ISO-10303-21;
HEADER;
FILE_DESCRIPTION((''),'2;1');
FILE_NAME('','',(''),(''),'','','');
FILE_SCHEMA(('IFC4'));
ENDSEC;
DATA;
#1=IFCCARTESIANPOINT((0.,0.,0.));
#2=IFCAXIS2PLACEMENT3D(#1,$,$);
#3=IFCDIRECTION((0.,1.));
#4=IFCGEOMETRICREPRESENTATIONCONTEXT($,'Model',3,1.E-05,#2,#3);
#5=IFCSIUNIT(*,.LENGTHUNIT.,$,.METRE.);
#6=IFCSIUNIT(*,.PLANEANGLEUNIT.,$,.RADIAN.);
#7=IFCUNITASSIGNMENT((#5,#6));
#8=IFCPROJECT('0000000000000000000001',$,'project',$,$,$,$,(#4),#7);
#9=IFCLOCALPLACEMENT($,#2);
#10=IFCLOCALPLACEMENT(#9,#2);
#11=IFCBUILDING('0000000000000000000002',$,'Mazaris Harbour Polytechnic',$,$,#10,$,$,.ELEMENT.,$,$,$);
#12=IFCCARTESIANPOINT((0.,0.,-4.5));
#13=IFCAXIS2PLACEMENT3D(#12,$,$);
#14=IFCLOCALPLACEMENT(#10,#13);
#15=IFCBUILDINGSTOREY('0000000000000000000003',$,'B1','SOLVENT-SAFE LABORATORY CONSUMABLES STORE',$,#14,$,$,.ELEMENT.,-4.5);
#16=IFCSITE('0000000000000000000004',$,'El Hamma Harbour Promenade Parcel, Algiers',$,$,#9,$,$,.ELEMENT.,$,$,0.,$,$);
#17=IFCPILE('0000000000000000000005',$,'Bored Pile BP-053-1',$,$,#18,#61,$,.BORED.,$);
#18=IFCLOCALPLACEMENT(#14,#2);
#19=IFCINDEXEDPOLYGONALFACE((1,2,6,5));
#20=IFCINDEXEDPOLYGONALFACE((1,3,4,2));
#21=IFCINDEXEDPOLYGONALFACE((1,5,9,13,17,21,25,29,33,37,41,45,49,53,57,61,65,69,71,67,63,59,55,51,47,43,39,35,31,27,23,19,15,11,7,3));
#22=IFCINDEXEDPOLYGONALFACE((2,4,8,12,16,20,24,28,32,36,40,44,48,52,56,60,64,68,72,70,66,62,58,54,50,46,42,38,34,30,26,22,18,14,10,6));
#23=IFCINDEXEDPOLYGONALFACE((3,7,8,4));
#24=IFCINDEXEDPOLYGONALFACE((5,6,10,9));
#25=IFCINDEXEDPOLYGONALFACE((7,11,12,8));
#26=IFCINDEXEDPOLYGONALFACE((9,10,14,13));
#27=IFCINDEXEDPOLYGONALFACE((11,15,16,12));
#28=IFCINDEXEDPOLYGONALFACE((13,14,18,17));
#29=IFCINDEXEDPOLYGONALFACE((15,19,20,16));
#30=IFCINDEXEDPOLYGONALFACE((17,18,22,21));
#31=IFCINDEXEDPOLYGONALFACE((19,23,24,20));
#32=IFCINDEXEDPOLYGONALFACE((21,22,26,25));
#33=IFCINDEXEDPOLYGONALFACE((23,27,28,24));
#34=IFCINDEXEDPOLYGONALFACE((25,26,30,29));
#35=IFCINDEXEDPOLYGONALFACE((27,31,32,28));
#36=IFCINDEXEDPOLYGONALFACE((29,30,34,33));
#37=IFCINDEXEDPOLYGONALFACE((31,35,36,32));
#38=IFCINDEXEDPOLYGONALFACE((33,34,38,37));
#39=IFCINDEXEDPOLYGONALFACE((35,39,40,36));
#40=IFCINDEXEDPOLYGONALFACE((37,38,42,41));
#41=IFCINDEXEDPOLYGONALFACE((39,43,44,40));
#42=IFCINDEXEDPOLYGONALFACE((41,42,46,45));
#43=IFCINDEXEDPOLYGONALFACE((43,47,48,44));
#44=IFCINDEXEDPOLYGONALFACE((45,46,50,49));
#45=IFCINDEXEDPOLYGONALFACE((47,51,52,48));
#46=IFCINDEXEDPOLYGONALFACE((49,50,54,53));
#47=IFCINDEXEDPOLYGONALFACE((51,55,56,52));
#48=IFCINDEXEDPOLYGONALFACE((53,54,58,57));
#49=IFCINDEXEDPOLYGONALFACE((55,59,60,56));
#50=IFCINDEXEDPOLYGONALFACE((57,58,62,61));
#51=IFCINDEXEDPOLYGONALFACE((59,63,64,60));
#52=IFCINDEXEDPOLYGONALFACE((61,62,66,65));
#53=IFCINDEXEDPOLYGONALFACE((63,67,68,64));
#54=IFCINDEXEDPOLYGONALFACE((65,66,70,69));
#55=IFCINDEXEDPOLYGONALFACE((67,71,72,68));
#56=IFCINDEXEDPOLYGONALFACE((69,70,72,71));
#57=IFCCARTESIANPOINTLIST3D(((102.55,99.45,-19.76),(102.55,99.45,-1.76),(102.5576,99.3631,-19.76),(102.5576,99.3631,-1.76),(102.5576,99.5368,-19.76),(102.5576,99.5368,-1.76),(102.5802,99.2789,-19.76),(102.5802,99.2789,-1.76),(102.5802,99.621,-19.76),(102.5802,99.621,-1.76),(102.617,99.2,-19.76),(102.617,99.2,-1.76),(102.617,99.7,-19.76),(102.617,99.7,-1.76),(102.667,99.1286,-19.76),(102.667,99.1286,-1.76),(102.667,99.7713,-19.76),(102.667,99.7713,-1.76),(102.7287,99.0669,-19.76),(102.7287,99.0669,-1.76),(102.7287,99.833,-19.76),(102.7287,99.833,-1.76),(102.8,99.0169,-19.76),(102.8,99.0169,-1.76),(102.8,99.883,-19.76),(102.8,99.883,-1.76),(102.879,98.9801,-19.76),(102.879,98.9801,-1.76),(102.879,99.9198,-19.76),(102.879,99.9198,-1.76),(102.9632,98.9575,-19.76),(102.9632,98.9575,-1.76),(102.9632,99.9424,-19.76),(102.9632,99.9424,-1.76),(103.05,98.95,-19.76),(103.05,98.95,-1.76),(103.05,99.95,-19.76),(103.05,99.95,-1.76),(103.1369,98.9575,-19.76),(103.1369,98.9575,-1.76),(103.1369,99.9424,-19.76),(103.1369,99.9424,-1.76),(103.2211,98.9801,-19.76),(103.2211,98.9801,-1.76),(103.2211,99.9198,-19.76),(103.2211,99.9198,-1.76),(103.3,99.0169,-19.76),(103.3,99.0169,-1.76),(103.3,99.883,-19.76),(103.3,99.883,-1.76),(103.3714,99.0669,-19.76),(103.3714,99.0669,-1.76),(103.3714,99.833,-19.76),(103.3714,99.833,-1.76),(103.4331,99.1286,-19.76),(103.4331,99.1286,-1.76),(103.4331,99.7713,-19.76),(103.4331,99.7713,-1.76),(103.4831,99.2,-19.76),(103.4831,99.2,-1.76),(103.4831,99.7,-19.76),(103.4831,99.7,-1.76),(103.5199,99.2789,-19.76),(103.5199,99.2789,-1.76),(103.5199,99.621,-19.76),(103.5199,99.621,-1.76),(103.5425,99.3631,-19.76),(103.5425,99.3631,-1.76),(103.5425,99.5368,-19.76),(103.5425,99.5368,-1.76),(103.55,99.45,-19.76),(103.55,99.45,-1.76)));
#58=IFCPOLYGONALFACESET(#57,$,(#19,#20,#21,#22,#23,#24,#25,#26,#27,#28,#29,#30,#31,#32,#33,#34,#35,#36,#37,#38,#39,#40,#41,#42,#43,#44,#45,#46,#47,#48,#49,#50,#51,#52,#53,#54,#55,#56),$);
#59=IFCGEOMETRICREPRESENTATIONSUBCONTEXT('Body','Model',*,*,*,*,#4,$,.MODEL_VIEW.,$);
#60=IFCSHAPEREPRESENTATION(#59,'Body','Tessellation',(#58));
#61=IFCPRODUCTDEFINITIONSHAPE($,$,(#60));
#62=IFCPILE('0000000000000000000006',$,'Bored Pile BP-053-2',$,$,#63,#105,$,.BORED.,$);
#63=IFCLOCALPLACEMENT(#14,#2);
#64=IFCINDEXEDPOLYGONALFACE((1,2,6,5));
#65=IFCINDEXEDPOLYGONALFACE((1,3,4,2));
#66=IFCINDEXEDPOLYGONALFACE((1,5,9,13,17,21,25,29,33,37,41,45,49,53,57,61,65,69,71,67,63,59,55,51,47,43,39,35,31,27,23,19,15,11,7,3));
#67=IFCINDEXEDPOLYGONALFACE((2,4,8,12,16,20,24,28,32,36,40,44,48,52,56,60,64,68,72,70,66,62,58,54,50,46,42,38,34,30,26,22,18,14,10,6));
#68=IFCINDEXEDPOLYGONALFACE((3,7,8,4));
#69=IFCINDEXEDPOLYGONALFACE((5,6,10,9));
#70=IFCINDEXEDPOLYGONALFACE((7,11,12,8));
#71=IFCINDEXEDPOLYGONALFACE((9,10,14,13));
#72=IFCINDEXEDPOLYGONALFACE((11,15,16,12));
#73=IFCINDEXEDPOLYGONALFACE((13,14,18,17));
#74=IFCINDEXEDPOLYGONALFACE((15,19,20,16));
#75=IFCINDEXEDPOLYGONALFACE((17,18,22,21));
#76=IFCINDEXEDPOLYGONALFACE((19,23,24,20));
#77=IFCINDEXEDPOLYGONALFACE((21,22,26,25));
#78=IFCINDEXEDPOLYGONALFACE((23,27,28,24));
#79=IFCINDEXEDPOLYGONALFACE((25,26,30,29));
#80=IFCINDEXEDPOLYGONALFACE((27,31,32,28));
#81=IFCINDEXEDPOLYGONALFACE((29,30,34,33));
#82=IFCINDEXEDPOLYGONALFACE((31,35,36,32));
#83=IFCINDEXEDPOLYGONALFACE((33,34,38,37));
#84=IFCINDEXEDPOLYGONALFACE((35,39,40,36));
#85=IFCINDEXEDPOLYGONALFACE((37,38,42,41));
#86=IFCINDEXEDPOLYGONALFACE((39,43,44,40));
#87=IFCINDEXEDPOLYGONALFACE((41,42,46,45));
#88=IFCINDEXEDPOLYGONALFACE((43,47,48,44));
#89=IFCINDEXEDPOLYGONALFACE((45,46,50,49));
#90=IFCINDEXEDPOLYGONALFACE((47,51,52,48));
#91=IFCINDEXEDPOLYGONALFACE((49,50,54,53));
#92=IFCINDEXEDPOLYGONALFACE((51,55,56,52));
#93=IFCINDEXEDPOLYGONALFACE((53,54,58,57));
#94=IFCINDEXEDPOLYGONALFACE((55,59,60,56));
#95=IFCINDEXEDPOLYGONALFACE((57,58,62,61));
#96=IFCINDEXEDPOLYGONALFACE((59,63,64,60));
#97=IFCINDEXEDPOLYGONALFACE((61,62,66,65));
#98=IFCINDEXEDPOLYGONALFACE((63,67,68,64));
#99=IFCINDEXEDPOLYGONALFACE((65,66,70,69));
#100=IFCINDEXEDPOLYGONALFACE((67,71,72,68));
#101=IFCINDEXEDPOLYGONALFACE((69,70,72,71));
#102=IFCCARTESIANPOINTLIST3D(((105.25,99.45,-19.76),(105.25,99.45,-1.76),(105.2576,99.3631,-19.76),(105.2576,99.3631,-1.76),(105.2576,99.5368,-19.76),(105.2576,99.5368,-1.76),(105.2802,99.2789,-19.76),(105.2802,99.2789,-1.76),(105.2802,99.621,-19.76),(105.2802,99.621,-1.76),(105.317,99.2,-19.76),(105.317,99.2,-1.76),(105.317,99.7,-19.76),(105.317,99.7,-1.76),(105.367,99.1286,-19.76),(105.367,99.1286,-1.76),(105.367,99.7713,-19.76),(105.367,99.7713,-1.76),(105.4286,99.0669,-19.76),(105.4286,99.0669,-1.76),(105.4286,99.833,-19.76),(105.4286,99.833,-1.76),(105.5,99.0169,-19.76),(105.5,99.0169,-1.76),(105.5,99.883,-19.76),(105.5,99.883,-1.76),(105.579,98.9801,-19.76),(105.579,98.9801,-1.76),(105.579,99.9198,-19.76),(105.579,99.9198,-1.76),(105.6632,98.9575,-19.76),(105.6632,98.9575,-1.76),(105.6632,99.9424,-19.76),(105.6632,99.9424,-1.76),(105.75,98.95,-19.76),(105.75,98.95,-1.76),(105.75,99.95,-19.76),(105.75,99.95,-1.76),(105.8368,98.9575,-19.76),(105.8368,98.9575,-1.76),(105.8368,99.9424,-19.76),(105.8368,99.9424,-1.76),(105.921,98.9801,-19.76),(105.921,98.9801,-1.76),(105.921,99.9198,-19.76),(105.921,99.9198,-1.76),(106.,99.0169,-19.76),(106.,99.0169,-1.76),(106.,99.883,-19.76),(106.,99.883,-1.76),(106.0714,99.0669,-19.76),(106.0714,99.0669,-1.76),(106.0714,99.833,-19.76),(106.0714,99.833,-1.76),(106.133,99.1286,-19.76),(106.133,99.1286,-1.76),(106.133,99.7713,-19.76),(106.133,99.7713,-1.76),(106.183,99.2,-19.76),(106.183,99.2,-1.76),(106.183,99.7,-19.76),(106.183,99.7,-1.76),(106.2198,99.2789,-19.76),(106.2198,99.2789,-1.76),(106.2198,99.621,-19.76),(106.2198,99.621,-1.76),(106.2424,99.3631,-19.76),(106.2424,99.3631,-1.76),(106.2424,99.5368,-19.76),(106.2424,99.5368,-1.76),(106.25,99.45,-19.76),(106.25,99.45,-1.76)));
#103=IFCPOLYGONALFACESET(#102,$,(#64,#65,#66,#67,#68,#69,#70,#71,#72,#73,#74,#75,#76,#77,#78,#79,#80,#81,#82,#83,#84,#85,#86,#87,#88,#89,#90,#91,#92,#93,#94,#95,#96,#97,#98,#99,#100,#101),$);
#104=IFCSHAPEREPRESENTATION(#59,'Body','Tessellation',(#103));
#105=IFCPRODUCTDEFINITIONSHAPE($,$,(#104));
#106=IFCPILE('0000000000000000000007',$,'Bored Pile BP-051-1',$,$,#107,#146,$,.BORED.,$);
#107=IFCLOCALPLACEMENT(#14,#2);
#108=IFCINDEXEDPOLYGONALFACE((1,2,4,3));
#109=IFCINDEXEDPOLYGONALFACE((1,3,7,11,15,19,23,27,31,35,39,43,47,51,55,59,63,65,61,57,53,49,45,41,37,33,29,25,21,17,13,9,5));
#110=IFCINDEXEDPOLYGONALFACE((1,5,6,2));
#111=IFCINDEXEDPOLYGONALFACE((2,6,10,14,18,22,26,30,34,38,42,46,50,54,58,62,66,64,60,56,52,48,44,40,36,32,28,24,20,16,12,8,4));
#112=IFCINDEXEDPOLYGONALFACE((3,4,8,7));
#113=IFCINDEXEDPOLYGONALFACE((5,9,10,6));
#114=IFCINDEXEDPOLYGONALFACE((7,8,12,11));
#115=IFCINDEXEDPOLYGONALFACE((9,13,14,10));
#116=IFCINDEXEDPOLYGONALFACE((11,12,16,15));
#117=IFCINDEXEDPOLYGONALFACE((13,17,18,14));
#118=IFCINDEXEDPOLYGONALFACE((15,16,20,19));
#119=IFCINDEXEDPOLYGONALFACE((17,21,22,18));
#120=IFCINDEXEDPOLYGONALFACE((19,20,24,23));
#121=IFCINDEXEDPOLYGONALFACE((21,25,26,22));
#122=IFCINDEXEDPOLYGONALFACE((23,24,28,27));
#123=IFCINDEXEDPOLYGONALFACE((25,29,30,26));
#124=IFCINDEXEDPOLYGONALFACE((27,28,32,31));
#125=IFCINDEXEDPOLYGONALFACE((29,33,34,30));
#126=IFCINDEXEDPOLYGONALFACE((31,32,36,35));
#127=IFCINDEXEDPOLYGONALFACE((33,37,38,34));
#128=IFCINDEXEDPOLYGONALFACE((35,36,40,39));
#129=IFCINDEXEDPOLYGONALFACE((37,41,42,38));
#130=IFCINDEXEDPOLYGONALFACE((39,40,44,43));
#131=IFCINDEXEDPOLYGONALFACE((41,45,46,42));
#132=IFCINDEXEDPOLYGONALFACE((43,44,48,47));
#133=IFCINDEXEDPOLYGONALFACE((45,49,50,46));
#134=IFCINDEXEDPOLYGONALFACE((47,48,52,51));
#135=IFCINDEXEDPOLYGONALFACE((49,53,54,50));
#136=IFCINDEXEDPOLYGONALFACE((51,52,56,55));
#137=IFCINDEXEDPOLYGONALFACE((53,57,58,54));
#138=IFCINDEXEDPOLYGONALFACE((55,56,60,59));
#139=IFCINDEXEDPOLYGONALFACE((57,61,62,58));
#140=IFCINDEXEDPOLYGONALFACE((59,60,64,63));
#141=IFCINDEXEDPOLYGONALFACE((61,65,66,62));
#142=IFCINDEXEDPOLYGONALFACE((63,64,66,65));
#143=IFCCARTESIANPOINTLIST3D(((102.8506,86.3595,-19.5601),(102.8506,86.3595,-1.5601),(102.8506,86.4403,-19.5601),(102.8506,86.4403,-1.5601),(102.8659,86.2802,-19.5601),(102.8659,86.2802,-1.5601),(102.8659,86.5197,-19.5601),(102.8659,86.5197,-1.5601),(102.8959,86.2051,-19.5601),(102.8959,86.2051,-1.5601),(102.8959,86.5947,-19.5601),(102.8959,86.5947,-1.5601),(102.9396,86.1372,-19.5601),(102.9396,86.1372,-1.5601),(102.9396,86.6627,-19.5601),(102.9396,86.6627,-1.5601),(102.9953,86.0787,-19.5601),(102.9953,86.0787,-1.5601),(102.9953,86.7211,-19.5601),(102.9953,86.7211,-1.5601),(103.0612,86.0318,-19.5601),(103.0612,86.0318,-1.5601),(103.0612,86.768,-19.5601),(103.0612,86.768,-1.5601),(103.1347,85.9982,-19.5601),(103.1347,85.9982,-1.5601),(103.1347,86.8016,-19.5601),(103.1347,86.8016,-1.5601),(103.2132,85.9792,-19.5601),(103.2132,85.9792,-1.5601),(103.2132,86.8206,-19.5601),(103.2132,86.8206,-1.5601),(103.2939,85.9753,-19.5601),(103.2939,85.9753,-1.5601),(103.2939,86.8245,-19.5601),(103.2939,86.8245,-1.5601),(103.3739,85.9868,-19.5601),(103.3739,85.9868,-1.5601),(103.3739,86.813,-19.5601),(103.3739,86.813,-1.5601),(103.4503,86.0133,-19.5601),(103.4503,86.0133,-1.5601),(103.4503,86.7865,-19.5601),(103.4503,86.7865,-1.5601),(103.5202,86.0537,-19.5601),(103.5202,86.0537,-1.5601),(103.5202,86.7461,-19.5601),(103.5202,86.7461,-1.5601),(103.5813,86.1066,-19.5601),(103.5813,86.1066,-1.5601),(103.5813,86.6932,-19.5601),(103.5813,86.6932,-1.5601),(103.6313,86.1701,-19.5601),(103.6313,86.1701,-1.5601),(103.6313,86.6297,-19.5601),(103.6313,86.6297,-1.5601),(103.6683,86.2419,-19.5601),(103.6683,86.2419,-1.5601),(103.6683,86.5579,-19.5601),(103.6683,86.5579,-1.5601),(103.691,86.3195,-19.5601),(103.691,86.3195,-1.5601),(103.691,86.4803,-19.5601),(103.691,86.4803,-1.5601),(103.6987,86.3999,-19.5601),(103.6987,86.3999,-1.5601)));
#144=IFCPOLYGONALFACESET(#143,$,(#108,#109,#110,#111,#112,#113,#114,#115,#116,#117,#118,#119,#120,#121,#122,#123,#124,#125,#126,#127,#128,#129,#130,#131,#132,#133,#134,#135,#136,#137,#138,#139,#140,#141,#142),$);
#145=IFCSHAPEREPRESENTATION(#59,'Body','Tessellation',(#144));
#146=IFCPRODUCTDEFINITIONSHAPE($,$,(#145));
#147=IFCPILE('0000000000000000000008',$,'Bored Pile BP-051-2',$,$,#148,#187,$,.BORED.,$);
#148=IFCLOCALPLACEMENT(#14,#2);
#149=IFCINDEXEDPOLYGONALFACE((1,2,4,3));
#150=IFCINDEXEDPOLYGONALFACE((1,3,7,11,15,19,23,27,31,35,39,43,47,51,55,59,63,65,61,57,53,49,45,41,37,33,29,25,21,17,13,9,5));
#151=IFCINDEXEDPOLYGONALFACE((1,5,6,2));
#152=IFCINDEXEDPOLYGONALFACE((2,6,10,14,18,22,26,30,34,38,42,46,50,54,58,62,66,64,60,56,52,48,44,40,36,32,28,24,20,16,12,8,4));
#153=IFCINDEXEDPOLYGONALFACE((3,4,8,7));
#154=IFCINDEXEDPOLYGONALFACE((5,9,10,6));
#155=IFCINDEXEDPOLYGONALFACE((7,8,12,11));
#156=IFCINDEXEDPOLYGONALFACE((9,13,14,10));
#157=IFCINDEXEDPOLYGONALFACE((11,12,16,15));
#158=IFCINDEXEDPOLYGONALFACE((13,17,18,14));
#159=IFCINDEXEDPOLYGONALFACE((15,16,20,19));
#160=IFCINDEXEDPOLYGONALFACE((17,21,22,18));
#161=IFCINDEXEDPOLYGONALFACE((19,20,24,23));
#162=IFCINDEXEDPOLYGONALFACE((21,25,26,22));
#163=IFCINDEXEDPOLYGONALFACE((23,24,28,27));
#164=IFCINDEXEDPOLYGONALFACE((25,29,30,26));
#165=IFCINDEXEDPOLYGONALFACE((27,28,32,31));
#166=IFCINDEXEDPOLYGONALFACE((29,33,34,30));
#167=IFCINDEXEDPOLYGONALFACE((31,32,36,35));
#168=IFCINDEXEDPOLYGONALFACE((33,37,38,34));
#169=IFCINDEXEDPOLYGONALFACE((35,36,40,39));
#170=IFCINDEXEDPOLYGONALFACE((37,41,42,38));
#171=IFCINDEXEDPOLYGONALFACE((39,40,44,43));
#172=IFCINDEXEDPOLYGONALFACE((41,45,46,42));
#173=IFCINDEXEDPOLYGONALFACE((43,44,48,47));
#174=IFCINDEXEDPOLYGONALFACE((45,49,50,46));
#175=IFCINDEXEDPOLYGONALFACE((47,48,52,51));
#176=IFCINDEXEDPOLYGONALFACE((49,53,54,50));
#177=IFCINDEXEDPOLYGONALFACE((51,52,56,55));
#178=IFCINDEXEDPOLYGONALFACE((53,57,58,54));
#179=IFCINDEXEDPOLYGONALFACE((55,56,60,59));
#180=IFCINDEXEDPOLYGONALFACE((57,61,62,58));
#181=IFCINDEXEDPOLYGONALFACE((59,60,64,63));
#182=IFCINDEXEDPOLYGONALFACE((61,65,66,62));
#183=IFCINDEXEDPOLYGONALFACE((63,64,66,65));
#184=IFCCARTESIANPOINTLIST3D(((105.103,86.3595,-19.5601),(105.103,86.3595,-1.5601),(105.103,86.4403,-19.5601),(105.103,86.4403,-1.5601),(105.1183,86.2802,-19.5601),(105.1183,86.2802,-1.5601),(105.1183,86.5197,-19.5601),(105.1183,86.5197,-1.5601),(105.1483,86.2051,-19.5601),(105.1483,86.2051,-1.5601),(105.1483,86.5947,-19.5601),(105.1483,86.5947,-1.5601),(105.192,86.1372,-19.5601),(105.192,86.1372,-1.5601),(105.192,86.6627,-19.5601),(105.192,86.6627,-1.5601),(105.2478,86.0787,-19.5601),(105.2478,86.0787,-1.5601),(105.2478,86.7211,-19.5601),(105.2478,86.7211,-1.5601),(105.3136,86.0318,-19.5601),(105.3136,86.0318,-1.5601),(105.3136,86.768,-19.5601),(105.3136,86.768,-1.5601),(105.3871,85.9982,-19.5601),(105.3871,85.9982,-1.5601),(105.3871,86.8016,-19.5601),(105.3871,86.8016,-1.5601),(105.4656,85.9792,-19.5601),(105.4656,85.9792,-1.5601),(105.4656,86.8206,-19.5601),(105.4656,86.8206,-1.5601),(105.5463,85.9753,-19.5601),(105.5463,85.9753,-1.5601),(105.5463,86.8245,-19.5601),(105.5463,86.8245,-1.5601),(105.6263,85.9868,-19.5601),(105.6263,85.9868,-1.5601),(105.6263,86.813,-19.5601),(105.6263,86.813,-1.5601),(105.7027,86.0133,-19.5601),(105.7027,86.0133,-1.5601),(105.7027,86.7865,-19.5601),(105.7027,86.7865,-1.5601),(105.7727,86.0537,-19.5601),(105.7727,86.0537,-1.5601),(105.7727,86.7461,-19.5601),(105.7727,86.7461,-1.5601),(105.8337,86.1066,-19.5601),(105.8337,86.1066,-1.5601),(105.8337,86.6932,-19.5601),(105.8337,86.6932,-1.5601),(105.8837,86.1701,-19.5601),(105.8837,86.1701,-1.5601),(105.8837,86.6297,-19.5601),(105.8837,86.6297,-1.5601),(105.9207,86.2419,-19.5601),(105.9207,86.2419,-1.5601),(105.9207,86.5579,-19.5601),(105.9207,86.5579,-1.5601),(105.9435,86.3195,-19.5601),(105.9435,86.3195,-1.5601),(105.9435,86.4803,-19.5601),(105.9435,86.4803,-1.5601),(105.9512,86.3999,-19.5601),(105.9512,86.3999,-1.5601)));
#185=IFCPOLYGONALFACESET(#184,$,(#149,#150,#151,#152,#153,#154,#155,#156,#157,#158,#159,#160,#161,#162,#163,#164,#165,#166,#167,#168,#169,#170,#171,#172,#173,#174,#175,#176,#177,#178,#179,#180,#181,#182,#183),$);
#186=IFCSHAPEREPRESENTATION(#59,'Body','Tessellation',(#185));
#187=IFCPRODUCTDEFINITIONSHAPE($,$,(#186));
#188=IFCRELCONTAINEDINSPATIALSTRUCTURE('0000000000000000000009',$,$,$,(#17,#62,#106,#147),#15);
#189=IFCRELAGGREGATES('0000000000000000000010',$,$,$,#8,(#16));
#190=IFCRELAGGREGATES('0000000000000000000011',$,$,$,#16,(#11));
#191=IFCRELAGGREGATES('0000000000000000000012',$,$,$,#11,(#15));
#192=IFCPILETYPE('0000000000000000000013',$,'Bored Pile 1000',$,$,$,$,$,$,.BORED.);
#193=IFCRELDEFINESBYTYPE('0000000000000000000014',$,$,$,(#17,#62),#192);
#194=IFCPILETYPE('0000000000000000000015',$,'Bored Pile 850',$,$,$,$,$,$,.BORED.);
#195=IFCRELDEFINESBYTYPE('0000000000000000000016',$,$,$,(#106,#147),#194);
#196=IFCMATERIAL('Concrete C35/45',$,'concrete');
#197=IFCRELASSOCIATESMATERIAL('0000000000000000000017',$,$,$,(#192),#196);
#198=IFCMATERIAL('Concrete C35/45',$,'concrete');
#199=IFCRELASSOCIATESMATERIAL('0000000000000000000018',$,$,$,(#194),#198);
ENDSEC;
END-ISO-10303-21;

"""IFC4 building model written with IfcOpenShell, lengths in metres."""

from ifc_helpers import new_model, si_unit, direction, frame, origin, origin_2d, place, context, subcontext, project, spatial, circle, extrude, material, material_profile, profile_set, type_object, element, save


model = new_model("IFC4")

# Units and contexts
model_context = context("Model", 3, precision=1e-05, world=origin(), true_north=direction((0.0, 1.0)))
body_context = subcontext(model_context, "Body", "Model", "MODEL_VIEW")
ifc_project = project(units=[si_unit("LENGTHUNIT", "METRE"), si_unit("PLANEANGLEUNIT", "RADIAN")], contexts=[model_context])

# Site, building, storey
site_placement = place(None, origin())
site = spatial("IfcSite", under=ifc_project, at=site_placement, Name="El Hamma Harbour Promenade Parcel, Algiers", CompositionType="ELEMENT", RefElevation=0.0)
building_placement = place(site_placement, origin())
building = spatial("IfcBuilding", under=site, at=building_placement, Name="Mazaris Harbour Polytechnic", CompositionType="ELEMENT")
storey_placement = place(building_placement, frame((0.0, 0.0, -4.5)))
storey = spatial("IfcBuildingStorey", under=building, at=storey_placement, Name="B1", Description="SOLVENT-SAFE LABORATORY CONSUMABLES STORE", CompositionType="ELEMENT", Elevation=-4.5)

# Piles
ifc_material_1 = material(Name="Concrete C35/45", Category="concrete")
ifc_material_profile_1 = material_profile(ifc_material_1, circle(Radius=0.5, at=origin_2d()), Name="DIA1000")
ifc_profile_set_1 = profile_set([ifc_material_profile_1], Name="Concrete C35/45")
pile_type_1 = type_object("IfcPileType", Name="Bored Pile 1000", PredefinedType="BORED", material=ifc_profile_set_1)
for number, where, z_axis, x_axis, name in (
    (1, (103.05, 99.45, -1.76), (0.0, 0.0, -1.0), (1.0, 0.0, 0.0), "Bored Pile BP-053-1"),
    (2, (105.75, 99.45, -1.76), (0.0, 0.0, -1.0), (1.0, 0.0, 0.0), "Bored Pile BP-053-2"),
):
    element("IfcPile", number, at=place(storey_placement, frame(where, z_axis=z_axis, x_axis=x_axis)), inside=storey, type_object=pile_type_1, Name=name, PredefinedType="BORED", context=body_context, shape_type="SweptSolid", body=[
        extrude(circle(Radius=0.5, at=origin_2d()), origin(), (0.0, 0.0, 1.0), 18.0),
    ])
ifc_material_2 = material(Name="Concrete C35/45", Category="concrete")
ifc_material_profile_2 = material_profile(ifc_material_2, circle(Radius=0.425, at=origin_2d()), Name="DIA850")
ifc_profile_set_2 = profile_set([ifc_material_profile_2], Name="Concrete C35/45")
pile_type_2 = type_object("IfcPileType", Name="Bored Pile 850", PredefinedType="BORED", material=ifc_profile_set_2)
for number, where, z_axis, x_axis, name in (
    (3, (103.2737, 86.3999, -1.5601), (0.0, 0.0, -1.0), (1.0, 0.0, 0.0), "Bored Pile BP-051-1"),
    (4, (105.5261, 86.3999, -1.5601), (0.0, 0.0, -1.0), (1.0, 0.0, 0.0), "Bored Pile BP-051-2"),
):
    element("IfcPile", number, at=place(storey_placement, frame(where, z_axis=z_axis, x_axis=x_axis)), inside=storey, type_object=pile_type_2, Name=name, PredefinedType="BORED", context=body_context, shape_type="SweptSolid", body=[
        extrude(circle(Radius=0.425, at=origin_2d()), origin(), (0.0, 0.0, 1.0), 18.0),
    ])

save(model, "model.ifc")
